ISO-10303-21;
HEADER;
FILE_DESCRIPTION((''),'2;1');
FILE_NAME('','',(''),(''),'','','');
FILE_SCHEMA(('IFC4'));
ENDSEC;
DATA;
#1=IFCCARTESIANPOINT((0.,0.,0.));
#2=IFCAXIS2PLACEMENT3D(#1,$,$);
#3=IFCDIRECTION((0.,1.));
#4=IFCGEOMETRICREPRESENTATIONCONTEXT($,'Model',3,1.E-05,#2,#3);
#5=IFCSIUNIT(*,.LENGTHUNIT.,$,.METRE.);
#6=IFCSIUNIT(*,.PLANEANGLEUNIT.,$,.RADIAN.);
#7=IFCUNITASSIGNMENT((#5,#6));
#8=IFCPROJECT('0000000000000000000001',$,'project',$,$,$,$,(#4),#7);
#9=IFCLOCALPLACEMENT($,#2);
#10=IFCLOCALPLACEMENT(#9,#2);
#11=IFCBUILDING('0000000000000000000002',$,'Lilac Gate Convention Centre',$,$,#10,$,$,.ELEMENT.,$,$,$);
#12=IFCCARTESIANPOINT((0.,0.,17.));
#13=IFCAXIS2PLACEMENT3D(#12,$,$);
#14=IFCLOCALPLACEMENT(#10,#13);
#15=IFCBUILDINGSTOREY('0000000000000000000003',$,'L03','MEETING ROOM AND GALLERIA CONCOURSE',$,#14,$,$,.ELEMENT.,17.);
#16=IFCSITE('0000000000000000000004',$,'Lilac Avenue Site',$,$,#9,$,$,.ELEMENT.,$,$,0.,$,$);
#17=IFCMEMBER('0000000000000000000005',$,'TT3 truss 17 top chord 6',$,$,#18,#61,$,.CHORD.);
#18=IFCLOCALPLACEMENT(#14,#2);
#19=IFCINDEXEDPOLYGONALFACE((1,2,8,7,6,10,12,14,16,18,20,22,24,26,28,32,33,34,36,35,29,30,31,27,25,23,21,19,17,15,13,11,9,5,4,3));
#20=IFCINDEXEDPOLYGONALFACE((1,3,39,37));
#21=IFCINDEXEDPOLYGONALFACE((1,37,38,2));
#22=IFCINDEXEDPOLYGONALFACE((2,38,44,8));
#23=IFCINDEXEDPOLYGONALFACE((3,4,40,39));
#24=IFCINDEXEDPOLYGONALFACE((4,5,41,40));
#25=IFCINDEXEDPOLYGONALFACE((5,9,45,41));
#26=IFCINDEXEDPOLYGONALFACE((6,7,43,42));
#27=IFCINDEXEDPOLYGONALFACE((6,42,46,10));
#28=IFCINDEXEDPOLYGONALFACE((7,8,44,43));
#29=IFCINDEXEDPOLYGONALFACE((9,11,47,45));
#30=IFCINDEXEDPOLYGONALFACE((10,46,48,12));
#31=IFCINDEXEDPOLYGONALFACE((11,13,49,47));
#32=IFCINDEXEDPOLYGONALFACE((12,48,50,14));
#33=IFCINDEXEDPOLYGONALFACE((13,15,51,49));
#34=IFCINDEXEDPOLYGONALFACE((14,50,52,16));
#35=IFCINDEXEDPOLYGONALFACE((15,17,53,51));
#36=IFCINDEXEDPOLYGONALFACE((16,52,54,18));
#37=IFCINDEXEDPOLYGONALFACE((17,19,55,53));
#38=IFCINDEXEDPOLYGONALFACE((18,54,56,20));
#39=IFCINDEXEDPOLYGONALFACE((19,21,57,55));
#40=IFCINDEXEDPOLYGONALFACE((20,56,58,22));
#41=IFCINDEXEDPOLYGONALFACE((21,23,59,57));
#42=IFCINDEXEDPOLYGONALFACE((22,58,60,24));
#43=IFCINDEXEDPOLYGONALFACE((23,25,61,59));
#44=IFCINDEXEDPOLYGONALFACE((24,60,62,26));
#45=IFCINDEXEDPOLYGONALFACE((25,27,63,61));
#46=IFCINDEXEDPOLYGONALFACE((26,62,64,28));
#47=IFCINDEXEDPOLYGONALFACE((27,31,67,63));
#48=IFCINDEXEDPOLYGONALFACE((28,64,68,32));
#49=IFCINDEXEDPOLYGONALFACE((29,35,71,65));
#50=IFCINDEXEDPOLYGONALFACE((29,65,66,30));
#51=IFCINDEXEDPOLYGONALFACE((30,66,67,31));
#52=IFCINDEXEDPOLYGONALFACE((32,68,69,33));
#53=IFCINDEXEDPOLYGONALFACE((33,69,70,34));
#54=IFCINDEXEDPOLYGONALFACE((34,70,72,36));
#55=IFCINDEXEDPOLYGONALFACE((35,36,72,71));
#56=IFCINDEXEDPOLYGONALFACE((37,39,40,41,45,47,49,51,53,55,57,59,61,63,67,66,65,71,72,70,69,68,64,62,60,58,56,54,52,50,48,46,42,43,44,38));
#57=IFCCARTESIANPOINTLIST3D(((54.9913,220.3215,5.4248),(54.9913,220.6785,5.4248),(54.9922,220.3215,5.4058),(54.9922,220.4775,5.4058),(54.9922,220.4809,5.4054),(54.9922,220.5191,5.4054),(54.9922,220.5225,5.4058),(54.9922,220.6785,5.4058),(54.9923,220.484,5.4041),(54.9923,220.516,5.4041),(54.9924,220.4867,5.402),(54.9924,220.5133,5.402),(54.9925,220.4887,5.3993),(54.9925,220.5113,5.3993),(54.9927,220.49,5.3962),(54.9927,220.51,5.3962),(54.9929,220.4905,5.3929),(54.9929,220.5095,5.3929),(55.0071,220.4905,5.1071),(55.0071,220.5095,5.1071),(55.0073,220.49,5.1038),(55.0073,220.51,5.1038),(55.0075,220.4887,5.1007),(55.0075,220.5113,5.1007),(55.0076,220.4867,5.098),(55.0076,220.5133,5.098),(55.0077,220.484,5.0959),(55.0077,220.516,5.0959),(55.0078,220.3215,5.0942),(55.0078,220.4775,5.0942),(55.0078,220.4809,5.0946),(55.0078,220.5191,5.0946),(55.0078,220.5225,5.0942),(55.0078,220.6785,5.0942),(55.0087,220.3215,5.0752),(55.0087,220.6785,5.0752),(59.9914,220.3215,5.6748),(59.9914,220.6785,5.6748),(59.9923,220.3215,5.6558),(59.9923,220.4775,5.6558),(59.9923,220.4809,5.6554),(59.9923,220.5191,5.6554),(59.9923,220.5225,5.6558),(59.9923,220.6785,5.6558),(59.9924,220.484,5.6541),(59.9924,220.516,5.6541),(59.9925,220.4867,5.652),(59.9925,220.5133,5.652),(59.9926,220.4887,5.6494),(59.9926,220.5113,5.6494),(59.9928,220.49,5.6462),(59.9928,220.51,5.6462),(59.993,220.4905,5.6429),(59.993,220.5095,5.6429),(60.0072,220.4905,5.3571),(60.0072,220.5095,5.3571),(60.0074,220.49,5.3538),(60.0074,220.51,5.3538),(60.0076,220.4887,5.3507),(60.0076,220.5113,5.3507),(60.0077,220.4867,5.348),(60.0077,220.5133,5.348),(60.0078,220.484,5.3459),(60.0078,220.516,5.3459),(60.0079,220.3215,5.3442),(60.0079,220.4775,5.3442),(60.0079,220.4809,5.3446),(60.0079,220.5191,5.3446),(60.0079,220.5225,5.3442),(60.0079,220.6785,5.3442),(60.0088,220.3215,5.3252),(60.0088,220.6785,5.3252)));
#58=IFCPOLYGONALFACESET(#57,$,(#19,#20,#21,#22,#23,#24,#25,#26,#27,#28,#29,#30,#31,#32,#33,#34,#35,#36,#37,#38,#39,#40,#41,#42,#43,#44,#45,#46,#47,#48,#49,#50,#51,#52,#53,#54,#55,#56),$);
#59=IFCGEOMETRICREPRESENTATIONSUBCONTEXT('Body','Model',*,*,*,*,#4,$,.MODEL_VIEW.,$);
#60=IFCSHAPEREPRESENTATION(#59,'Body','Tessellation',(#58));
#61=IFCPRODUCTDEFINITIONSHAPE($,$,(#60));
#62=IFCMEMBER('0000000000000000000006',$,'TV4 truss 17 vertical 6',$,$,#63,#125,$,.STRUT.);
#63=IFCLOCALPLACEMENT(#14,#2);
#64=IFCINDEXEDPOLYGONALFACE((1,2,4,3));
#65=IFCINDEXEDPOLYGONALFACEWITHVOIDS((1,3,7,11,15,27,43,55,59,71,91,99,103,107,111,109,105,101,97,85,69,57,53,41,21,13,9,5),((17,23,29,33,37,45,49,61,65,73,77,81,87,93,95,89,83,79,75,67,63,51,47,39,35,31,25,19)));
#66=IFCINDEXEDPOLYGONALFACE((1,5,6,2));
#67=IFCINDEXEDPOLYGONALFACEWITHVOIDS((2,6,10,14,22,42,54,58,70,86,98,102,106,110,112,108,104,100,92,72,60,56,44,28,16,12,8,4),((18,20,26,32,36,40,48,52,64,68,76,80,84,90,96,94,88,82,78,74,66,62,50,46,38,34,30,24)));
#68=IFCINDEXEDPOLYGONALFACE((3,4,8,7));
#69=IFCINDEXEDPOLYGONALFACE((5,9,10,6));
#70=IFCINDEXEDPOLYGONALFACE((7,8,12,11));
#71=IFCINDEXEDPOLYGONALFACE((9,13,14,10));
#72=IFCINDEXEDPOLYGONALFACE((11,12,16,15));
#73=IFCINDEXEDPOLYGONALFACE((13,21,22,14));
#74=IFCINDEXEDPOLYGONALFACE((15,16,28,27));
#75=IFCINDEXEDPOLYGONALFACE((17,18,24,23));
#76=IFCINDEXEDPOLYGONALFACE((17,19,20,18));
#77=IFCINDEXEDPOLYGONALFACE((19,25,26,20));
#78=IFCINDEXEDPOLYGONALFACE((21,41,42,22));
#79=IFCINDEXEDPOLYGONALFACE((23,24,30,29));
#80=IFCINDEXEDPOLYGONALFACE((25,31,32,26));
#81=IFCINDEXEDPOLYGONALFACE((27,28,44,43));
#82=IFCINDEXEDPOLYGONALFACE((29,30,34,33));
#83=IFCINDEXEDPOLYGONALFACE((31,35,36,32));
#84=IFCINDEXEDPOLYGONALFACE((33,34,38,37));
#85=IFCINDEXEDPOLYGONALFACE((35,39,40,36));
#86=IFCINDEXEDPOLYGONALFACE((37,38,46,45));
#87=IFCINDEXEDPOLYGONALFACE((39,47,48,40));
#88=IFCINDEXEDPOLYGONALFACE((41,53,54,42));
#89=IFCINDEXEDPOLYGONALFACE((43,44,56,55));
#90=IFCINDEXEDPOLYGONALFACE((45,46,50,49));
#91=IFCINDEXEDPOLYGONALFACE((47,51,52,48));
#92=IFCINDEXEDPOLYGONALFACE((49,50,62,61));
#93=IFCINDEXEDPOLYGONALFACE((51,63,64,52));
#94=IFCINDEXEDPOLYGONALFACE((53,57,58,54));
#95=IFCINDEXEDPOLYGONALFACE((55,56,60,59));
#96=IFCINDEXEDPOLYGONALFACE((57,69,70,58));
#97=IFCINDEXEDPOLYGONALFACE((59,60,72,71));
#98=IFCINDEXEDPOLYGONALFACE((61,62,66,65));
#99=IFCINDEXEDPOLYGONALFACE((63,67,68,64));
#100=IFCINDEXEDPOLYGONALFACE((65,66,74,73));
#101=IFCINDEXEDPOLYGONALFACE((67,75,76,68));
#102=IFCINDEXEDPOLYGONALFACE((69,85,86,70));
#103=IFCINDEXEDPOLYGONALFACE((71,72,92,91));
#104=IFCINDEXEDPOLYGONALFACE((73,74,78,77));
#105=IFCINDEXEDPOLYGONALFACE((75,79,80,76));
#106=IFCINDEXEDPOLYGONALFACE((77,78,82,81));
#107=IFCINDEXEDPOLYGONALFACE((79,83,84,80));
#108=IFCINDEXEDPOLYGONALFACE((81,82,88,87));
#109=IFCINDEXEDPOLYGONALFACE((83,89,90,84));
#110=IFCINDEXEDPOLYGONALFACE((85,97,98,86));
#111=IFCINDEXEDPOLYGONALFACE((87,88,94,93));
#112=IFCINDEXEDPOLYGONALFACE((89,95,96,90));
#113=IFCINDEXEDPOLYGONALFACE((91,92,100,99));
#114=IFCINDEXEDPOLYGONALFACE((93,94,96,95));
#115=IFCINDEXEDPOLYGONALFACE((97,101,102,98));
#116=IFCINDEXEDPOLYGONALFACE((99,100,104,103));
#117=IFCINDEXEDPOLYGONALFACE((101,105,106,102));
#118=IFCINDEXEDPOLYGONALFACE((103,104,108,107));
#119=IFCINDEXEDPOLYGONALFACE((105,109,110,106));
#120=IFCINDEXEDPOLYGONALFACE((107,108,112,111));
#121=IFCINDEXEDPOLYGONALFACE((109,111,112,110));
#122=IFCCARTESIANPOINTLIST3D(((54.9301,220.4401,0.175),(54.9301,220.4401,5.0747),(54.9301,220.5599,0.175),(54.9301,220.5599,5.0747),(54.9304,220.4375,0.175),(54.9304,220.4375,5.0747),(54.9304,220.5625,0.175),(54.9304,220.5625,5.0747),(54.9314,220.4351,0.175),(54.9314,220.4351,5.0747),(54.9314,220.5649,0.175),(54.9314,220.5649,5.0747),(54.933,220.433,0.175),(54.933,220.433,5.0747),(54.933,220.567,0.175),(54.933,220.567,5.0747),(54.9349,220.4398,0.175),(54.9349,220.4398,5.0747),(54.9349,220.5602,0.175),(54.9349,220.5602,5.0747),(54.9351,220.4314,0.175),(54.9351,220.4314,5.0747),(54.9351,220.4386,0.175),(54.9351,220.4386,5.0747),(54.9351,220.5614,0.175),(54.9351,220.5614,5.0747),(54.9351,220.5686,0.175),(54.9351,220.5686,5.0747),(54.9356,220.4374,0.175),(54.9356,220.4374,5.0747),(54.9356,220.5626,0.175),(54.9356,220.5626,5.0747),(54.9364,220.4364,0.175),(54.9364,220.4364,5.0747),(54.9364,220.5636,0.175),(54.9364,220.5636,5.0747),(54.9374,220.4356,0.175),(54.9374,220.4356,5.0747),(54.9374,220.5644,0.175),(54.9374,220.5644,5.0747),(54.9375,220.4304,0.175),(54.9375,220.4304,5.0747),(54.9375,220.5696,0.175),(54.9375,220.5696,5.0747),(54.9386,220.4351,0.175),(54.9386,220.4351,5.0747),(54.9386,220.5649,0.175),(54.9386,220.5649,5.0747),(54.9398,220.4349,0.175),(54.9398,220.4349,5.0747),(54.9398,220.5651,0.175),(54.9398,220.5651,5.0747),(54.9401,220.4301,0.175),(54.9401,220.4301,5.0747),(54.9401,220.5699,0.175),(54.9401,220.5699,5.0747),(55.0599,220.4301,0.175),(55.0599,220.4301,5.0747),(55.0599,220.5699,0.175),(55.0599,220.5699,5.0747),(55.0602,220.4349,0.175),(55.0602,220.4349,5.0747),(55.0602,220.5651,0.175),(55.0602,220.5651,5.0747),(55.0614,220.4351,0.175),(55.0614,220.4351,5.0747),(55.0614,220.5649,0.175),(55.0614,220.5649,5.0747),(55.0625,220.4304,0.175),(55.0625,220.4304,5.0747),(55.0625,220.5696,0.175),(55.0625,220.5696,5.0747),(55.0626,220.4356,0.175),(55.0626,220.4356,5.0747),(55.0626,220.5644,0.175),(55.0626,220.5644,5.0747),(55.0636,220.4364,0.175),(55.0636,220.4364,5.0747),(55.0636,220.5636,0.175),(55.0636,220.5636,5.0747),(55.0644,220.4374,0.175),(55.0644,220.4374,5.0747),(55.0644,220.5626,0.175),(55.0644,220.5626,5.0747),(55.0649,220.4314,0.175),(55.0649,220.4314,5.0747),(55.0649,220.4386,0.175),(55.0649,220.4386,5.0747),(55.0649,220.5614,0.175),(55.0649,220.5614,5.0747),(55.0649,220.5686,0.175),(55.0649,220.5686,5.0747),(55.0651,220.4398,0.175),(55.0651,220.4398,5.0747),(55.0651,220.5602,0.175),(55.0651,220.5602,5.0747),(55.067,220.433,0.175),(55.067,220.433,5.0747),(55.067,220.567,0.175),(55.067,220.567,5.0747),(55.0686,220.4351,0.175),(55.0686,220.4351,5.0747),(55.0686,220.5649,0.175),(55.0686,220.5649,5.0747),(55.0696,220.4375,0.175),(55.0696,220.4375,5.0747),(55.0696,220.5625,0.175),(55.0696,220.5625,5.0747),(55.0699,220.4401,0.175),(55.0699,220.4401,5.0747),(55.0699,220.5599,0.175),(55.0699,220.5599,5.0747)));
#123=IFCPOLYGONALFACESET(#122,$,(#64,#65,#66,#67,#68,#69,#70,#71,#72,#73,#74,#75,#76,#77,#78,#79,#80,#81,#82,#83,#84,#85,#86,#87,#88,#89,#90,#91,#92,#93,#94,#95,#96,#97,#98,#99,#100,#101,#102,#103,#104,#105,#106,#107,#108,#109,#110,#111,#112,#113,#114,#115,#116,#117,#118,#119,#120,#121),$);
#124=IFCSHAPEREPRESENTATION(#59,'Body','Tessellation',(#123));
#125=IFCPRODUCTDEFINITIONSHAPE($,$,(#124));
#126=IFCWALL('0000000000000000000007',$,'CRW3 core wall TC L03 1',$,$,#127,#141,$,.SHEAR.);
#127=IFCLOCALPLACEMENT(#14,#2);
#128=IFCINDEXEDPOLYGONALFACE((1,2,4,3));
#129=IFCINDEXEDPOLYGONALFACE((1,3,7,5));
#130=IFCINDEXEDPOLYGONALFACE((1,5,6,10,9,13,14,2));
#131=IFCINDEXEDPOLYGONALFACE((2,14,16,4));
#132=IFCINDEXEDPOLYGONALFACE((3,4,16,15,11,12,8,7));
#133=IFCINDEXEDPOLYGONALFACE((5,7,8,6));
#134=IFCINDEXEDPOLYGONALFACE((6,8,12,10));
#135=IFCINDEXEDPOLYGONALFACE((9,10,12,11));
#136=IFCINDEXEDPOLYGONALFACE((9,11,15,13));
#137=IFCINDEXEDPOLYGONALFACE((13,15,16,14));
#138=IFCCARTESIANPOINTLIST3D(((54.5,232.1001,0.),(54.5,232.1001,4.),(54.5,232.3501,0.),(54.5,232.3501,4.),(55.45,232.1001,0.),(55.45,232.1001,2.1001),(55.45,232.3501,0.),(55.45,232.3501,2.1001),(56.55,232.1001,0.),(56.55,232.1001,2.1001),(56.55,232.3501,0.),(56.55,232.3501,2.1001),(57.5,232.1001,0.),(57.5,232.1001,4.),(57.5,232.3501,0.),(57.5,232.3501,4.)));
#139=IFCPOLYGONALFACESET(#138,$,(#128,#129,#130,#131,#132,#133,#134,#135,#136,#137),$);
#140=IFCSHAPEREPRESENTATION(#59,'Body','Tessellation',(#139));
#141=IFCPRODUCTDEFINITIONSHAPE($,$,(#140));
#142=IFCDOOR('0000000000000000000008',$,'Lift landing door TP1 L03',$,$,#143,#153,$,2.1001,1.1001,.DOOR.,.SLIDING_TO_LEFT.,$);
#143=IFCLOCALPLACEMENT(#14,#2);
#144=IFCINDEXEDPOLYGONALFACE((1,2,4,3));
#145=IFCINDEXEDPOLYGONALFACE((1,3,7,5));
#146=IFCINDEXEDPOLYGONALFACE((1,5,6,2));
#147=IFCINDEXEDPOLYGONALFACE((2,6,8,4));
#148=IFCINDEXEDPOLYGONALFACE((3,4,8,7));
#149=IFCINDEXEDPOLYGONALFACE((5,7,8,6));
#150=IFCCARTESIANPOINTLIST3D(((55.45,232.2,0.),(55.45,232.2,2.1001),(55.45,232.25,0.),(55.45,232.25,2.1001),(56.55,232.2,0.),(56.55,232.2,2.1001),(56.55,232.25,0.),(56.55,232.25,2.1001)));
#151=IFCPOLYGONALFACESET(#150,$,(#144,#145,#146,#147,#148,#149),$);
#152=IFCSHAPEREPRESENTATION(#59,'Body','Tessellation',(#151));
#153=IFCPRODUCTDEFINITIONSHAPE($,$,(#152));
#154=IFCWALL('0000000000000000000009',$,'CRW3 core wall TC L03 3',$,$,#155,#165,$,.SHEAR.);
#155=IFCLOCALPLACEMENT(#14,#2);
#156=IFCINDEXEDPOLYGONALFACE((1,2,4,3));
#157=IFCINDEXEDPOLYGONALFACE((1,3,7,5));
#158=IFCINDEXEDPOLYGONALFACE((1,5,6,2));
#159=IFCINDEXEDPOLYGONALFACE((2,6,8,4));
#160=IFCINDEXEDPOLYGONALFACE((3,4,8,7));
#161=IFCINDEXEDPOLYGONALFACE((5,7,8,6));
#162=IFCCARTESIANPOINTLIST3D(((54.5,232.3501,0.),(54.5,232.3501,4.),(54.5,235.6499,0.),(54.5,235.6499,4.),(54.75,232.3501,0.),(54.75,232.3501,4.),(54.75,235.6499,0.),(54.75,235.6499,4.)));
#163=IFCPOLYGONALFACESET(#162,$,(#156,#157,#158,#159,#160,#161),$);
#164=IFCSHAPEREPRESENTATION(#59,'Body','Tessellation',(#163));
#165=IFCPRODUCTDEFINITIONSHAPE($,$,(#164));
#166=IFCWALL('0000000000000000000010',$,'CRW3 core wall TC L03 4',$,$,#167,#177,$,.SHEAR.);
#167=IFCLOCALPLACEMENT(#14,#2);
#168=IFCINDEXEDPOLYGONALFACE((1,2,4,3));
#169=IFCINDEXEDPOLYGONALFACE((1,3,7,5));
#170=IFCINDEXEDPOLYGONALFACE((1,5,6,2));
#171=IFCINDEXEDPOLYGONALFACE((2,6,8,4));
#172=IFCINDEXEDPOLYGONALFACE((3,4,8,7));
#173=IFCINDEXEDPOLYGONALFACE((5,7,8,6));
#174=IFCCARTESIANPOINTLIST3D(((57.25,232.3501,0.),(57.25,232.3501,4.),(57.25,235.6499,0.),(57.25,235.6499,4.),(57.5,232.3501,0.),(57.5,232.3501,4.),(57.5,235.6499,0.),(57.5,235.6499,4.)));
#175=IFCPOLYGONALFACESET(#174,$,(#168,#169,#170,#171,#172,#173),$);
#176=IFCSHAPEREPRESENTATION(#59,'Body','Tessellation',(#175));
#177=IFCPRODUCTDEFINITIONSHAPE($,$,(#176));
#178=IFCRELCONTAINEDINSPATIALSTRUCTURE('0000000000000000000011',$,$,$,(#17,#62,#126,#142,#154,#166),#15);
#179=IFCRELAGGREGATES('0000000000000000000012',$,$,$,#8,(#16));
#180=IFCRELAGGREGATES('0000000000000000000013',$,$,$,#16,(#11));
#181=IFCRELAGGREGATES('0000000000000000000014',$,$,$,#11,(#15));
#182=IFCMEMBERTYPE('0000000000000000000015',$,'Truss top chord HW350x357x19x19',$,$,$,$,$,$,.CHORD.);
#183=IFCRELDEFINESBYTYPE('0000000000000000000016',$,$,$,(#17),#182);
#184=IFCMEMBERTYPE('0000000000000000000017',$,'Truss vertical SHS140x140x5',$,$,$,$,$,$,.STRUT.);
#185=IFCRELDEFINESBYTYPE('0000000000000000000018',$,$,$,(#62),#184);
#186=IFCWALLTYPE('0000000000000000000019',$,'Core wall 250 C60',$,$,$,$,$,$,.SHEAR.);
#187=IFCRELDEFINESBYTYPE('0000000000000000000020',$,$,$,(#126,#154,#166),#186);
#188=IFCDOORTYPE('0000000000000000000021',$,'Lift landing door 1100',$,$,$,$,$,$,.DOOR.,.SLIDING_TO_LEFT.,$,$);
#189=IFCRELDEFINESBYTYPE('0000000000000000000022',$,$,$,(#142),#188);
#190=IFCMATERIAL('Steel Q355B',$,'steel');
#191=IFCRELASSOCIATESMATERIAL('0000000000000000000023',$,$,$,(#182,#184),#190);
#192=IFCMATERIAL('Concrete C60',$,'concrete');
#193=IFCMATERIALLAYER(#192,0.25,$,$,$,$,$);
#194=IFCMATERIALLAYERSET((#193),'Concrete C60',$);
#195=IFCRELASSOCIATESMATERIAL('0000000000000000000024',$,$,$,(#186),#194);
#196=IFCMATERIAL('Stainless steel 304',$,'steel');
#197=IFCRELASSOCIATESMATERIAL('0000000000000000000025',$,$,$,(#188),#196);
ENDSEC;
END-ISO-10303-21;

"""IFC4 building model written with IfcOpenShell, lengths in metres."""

from ifc_helpers import new_model, si_unit, direction, frame, frame_2d, origin, origin_2d, place, context, subcontext, project, spatial, rectangle, hollow_rectangle, i_section, extrude, material, layer, layer_set, material_profile, profile_set, type_object, element, fill, save


model = new_model("IFC4")

# Units and contexts
model_context = context("Model", 3, precision=1e-05, world=origin(), true_north=direction((0.0, 1.0)))
body_context = subcontext(model_context, "Body", "Model", "MODEL_VIEW")
ifc_project = project(units=[si_unit("LENGTHUNIT", "METRE"), si_unit("PLANEANGLEUNIT", "RADIAN")], contexts=[model_context])

# Site, building, storey
site_placement = place(None, origin())
site = spatial("IfcSite", under=ifc_project, at=site_placement, Name="Lilac Avenue Site", CompositionType="ELEMENT", RefElevation=0.0)
building_placement = place(site_placement, origin())
building = spatial("IfcBuilding", under=site, at=building_placement, Name="Lilac Gate Convention Centre", CompositionType="ELEMENT")
storey_placement = place(building_placement, frame((0.0, 0.0, 17.0)))
storey = spatial("IfcBuildingStorey", under=building, at=storey_placement, Name="L03", Description="MEETING ROOM AND GALLERIA CONCOURSE", CompositionType="ELEMENT", Elevation=17.0)

# Members
ifc_material_1 = material(Name="Steel Q355B", Category="steel")
ifc_material_profile_1 = material_profile(ifc_material_1, i_section(OverallWidth=0.3569, OverallDepth=0.3501, WebThickness=0.019, FlangeThickness=0.019, FilletRadius=0.0129, at=origin_2d()), Name="HW350x357x19x19")
ifc_profile_set_1 = profile_set([ifc_material_profile_1], Name="Steel Q355B")
member_type_1 = type_object("IfcMemberType", Name="Truss top chord HW350x357x19x19", PredefinedType="CHORD", material=ifc_profile_set_1)
member_1_placement = place(storey_placement, frame((55.0, 220.5, 5.25), z_axis=(0.998752, 0.0, 0.049938), x_axis=(0.0, 1.0, 0.0)))
element("IfcMember", 1, at=member_1_placement, inside=storey, type_object=member_type_1, Name="TT3 truss 17 top chord 6", PredefinedType="CHORD", context=body_context, shape_type="SweptSolid", body=[
    extrude(i_section(OverallWidth=0.3569, OverallDepth=0.3501, WebThickness=0.019, FlangeThickness=0.019, FilletRadius=0.0129, at=origin_2d()), origin(), (0.0, 0.0, 1.0), 5.0063),
])
ifc_material_profile_2 = material_profile(ifc_material_1, hollow_rectangle(XDim=0.1399, YDim=0.1399, WallThickness=0.0049, InnerFilletRadius=0.0049, OuterFilletRadius=0.01, at=origin_2d()), Name="SHS140x140x5")
ifc_profile_set_2 = profile_set([ifc_material_profile_2], Name="Steel Q355B")
member_type_2 = type_object("IfcMemberType", Name="Truss vertical SHS140x140x5", PredefinedType="STRUT", material=ifc_profile_set_2)
member_2_placement = place(storey_placement, frame((55.0, 220.5, 0.175), z_axis=(0.0, 0.0, 1.0), x_axis=(1.0, 0.0, 0.0)))
element("IfcMember", 2, at=member_2_placement, inside=storey, type_object=member_type_2, Name="TV4 truss 17 vertical 6", PredefinedType="STRUT", context=body_context, shape_type="SweptSolid", body=[
    extrude(hollow_rectangle(XDim=0.1399, YDim=0.1399, WallThickness=0.0049, InnerFilletRadius=0.0049, OuterFilletRadius=0.01, at=origin_2d()), origin(), (0.0, 0.0, 1.0), 4.8997),
])

# Wall, opening, door
ifc_material_2 = material(Name="Concrete C60", Category="concrete")
ifc_layer_1 = layer(ifc_material_2, 0.25)
ifc_layer_set_1 = layer_set([ifc_layer_1], Name="Concrete C60")
wall_type_1 = type_object("IfcWallType", Name="Core wall 250 C60", PredefinedType="SHEAR", material=ifc_layer_set_1)
wall_1_placement = place(storey_placement, frame((54.5, 232.2251, 0.0), z_axis=(0.0, 0.0, 1.0), x_axis=(1.0, 0.0, 0.0)))
wall_1 = element("IfcWall", 3, at=wall_1_placement, inside=storey, type_object=wall_type_1, Name="CRW3 core wall TC L03 1", PredefinedType="SHEAR", context=body_context, shape_type="SweptSolid", body=[
    extrude(rectangle(XDim=3.0, YDim=0.25, at=frame_2d((1.5, 0.0))), origin(), (0.0, 0.0, 1.0), 4.0),
])
opening_1_placement = place(wall_1_placement, frame((0.95, 0.0, 0.0)))
opening_1 = element("IfcOpeningElement", 4, at=opening_1_placement, cuts=wall_1, PredefinedType="OPENING", context=body_context, shape_type="SweptSolid", body=[
    extrude(rectangle(XDim=1.1001, YDim=2.1001, at=frame_2d((0.55, 1.05))), frame((0.0, 0.135, 0.0), z_axis=(0.0, -1.0, 0.0), x_axis=(1.0, 0.0, 0.0)), (0.0, 0.0, 1.0), 0.27),
])
ifc_material_3 = material(Name="Stainless steel 304", Category="steel")
door_type_1 = type_object("IfcDoorType", Name="Lift landing door 1100", OperationType="SLIDING_TO_LEFT", PredefinedType="DOOR", material=ifc_material_3)
door_1_placement = place(opening_1_placement, origin())
door_1 = element("IfcDoor", 5, at=door_1_placement, inside=storey, type_object=door_type_1, Name="Lift landing door TP1 L03", OperationType="SLIDING_TO_LEFT", OverallHeight=2.1001, OverallWidth=1.1001, PredefinedType="DOOR", context=body_context, shape_type="SweptSolid", body=[
    extrude(rectangle(XDim=1.1001, YDim=2.1001, at=frame_2d((0.55, 1.05))), frame((0.0, 0.0249, 0.0), z_axis=(0.0, -1.0, 0.0), x_axis=(1.0, 0.0, 0.0)), (0.0, 0.0, 1.0), 0.05),
])
fill(opening_1, door_1)

# Walls
for number, where, z_axis, x_axis, name in (
    (6, (54.625, 232.3501, 0.0), (0.0, 0.0, 1.0), (0.0, 1.0, 0.0), "CRW3 core wall TC L03 3"),
    (7, (57.375, 232.3501, 0.0), (0.0, 0.0, 1.0), (0.0, 1.0, 0.0), "CRW3 core wall TC L03 4"),
):
    element("IfcWall", number, at=place(storey_placement, frame(where, z_axis=z_axis, x_axis=x_axis)), inside=storey, type_object=wall_type_1, Name=name, PredefinedType="SHEAR", context=body_context, shape_type="SweptSolid", body=[
        extrude(rectangle(XDim=3.2998, YDim=0.25, at=frame_2d((1.6499, 0.0))), origin(), (0.0, 0.0, 1.0), 4.0),
    ])

save(model, "model.ifc")
